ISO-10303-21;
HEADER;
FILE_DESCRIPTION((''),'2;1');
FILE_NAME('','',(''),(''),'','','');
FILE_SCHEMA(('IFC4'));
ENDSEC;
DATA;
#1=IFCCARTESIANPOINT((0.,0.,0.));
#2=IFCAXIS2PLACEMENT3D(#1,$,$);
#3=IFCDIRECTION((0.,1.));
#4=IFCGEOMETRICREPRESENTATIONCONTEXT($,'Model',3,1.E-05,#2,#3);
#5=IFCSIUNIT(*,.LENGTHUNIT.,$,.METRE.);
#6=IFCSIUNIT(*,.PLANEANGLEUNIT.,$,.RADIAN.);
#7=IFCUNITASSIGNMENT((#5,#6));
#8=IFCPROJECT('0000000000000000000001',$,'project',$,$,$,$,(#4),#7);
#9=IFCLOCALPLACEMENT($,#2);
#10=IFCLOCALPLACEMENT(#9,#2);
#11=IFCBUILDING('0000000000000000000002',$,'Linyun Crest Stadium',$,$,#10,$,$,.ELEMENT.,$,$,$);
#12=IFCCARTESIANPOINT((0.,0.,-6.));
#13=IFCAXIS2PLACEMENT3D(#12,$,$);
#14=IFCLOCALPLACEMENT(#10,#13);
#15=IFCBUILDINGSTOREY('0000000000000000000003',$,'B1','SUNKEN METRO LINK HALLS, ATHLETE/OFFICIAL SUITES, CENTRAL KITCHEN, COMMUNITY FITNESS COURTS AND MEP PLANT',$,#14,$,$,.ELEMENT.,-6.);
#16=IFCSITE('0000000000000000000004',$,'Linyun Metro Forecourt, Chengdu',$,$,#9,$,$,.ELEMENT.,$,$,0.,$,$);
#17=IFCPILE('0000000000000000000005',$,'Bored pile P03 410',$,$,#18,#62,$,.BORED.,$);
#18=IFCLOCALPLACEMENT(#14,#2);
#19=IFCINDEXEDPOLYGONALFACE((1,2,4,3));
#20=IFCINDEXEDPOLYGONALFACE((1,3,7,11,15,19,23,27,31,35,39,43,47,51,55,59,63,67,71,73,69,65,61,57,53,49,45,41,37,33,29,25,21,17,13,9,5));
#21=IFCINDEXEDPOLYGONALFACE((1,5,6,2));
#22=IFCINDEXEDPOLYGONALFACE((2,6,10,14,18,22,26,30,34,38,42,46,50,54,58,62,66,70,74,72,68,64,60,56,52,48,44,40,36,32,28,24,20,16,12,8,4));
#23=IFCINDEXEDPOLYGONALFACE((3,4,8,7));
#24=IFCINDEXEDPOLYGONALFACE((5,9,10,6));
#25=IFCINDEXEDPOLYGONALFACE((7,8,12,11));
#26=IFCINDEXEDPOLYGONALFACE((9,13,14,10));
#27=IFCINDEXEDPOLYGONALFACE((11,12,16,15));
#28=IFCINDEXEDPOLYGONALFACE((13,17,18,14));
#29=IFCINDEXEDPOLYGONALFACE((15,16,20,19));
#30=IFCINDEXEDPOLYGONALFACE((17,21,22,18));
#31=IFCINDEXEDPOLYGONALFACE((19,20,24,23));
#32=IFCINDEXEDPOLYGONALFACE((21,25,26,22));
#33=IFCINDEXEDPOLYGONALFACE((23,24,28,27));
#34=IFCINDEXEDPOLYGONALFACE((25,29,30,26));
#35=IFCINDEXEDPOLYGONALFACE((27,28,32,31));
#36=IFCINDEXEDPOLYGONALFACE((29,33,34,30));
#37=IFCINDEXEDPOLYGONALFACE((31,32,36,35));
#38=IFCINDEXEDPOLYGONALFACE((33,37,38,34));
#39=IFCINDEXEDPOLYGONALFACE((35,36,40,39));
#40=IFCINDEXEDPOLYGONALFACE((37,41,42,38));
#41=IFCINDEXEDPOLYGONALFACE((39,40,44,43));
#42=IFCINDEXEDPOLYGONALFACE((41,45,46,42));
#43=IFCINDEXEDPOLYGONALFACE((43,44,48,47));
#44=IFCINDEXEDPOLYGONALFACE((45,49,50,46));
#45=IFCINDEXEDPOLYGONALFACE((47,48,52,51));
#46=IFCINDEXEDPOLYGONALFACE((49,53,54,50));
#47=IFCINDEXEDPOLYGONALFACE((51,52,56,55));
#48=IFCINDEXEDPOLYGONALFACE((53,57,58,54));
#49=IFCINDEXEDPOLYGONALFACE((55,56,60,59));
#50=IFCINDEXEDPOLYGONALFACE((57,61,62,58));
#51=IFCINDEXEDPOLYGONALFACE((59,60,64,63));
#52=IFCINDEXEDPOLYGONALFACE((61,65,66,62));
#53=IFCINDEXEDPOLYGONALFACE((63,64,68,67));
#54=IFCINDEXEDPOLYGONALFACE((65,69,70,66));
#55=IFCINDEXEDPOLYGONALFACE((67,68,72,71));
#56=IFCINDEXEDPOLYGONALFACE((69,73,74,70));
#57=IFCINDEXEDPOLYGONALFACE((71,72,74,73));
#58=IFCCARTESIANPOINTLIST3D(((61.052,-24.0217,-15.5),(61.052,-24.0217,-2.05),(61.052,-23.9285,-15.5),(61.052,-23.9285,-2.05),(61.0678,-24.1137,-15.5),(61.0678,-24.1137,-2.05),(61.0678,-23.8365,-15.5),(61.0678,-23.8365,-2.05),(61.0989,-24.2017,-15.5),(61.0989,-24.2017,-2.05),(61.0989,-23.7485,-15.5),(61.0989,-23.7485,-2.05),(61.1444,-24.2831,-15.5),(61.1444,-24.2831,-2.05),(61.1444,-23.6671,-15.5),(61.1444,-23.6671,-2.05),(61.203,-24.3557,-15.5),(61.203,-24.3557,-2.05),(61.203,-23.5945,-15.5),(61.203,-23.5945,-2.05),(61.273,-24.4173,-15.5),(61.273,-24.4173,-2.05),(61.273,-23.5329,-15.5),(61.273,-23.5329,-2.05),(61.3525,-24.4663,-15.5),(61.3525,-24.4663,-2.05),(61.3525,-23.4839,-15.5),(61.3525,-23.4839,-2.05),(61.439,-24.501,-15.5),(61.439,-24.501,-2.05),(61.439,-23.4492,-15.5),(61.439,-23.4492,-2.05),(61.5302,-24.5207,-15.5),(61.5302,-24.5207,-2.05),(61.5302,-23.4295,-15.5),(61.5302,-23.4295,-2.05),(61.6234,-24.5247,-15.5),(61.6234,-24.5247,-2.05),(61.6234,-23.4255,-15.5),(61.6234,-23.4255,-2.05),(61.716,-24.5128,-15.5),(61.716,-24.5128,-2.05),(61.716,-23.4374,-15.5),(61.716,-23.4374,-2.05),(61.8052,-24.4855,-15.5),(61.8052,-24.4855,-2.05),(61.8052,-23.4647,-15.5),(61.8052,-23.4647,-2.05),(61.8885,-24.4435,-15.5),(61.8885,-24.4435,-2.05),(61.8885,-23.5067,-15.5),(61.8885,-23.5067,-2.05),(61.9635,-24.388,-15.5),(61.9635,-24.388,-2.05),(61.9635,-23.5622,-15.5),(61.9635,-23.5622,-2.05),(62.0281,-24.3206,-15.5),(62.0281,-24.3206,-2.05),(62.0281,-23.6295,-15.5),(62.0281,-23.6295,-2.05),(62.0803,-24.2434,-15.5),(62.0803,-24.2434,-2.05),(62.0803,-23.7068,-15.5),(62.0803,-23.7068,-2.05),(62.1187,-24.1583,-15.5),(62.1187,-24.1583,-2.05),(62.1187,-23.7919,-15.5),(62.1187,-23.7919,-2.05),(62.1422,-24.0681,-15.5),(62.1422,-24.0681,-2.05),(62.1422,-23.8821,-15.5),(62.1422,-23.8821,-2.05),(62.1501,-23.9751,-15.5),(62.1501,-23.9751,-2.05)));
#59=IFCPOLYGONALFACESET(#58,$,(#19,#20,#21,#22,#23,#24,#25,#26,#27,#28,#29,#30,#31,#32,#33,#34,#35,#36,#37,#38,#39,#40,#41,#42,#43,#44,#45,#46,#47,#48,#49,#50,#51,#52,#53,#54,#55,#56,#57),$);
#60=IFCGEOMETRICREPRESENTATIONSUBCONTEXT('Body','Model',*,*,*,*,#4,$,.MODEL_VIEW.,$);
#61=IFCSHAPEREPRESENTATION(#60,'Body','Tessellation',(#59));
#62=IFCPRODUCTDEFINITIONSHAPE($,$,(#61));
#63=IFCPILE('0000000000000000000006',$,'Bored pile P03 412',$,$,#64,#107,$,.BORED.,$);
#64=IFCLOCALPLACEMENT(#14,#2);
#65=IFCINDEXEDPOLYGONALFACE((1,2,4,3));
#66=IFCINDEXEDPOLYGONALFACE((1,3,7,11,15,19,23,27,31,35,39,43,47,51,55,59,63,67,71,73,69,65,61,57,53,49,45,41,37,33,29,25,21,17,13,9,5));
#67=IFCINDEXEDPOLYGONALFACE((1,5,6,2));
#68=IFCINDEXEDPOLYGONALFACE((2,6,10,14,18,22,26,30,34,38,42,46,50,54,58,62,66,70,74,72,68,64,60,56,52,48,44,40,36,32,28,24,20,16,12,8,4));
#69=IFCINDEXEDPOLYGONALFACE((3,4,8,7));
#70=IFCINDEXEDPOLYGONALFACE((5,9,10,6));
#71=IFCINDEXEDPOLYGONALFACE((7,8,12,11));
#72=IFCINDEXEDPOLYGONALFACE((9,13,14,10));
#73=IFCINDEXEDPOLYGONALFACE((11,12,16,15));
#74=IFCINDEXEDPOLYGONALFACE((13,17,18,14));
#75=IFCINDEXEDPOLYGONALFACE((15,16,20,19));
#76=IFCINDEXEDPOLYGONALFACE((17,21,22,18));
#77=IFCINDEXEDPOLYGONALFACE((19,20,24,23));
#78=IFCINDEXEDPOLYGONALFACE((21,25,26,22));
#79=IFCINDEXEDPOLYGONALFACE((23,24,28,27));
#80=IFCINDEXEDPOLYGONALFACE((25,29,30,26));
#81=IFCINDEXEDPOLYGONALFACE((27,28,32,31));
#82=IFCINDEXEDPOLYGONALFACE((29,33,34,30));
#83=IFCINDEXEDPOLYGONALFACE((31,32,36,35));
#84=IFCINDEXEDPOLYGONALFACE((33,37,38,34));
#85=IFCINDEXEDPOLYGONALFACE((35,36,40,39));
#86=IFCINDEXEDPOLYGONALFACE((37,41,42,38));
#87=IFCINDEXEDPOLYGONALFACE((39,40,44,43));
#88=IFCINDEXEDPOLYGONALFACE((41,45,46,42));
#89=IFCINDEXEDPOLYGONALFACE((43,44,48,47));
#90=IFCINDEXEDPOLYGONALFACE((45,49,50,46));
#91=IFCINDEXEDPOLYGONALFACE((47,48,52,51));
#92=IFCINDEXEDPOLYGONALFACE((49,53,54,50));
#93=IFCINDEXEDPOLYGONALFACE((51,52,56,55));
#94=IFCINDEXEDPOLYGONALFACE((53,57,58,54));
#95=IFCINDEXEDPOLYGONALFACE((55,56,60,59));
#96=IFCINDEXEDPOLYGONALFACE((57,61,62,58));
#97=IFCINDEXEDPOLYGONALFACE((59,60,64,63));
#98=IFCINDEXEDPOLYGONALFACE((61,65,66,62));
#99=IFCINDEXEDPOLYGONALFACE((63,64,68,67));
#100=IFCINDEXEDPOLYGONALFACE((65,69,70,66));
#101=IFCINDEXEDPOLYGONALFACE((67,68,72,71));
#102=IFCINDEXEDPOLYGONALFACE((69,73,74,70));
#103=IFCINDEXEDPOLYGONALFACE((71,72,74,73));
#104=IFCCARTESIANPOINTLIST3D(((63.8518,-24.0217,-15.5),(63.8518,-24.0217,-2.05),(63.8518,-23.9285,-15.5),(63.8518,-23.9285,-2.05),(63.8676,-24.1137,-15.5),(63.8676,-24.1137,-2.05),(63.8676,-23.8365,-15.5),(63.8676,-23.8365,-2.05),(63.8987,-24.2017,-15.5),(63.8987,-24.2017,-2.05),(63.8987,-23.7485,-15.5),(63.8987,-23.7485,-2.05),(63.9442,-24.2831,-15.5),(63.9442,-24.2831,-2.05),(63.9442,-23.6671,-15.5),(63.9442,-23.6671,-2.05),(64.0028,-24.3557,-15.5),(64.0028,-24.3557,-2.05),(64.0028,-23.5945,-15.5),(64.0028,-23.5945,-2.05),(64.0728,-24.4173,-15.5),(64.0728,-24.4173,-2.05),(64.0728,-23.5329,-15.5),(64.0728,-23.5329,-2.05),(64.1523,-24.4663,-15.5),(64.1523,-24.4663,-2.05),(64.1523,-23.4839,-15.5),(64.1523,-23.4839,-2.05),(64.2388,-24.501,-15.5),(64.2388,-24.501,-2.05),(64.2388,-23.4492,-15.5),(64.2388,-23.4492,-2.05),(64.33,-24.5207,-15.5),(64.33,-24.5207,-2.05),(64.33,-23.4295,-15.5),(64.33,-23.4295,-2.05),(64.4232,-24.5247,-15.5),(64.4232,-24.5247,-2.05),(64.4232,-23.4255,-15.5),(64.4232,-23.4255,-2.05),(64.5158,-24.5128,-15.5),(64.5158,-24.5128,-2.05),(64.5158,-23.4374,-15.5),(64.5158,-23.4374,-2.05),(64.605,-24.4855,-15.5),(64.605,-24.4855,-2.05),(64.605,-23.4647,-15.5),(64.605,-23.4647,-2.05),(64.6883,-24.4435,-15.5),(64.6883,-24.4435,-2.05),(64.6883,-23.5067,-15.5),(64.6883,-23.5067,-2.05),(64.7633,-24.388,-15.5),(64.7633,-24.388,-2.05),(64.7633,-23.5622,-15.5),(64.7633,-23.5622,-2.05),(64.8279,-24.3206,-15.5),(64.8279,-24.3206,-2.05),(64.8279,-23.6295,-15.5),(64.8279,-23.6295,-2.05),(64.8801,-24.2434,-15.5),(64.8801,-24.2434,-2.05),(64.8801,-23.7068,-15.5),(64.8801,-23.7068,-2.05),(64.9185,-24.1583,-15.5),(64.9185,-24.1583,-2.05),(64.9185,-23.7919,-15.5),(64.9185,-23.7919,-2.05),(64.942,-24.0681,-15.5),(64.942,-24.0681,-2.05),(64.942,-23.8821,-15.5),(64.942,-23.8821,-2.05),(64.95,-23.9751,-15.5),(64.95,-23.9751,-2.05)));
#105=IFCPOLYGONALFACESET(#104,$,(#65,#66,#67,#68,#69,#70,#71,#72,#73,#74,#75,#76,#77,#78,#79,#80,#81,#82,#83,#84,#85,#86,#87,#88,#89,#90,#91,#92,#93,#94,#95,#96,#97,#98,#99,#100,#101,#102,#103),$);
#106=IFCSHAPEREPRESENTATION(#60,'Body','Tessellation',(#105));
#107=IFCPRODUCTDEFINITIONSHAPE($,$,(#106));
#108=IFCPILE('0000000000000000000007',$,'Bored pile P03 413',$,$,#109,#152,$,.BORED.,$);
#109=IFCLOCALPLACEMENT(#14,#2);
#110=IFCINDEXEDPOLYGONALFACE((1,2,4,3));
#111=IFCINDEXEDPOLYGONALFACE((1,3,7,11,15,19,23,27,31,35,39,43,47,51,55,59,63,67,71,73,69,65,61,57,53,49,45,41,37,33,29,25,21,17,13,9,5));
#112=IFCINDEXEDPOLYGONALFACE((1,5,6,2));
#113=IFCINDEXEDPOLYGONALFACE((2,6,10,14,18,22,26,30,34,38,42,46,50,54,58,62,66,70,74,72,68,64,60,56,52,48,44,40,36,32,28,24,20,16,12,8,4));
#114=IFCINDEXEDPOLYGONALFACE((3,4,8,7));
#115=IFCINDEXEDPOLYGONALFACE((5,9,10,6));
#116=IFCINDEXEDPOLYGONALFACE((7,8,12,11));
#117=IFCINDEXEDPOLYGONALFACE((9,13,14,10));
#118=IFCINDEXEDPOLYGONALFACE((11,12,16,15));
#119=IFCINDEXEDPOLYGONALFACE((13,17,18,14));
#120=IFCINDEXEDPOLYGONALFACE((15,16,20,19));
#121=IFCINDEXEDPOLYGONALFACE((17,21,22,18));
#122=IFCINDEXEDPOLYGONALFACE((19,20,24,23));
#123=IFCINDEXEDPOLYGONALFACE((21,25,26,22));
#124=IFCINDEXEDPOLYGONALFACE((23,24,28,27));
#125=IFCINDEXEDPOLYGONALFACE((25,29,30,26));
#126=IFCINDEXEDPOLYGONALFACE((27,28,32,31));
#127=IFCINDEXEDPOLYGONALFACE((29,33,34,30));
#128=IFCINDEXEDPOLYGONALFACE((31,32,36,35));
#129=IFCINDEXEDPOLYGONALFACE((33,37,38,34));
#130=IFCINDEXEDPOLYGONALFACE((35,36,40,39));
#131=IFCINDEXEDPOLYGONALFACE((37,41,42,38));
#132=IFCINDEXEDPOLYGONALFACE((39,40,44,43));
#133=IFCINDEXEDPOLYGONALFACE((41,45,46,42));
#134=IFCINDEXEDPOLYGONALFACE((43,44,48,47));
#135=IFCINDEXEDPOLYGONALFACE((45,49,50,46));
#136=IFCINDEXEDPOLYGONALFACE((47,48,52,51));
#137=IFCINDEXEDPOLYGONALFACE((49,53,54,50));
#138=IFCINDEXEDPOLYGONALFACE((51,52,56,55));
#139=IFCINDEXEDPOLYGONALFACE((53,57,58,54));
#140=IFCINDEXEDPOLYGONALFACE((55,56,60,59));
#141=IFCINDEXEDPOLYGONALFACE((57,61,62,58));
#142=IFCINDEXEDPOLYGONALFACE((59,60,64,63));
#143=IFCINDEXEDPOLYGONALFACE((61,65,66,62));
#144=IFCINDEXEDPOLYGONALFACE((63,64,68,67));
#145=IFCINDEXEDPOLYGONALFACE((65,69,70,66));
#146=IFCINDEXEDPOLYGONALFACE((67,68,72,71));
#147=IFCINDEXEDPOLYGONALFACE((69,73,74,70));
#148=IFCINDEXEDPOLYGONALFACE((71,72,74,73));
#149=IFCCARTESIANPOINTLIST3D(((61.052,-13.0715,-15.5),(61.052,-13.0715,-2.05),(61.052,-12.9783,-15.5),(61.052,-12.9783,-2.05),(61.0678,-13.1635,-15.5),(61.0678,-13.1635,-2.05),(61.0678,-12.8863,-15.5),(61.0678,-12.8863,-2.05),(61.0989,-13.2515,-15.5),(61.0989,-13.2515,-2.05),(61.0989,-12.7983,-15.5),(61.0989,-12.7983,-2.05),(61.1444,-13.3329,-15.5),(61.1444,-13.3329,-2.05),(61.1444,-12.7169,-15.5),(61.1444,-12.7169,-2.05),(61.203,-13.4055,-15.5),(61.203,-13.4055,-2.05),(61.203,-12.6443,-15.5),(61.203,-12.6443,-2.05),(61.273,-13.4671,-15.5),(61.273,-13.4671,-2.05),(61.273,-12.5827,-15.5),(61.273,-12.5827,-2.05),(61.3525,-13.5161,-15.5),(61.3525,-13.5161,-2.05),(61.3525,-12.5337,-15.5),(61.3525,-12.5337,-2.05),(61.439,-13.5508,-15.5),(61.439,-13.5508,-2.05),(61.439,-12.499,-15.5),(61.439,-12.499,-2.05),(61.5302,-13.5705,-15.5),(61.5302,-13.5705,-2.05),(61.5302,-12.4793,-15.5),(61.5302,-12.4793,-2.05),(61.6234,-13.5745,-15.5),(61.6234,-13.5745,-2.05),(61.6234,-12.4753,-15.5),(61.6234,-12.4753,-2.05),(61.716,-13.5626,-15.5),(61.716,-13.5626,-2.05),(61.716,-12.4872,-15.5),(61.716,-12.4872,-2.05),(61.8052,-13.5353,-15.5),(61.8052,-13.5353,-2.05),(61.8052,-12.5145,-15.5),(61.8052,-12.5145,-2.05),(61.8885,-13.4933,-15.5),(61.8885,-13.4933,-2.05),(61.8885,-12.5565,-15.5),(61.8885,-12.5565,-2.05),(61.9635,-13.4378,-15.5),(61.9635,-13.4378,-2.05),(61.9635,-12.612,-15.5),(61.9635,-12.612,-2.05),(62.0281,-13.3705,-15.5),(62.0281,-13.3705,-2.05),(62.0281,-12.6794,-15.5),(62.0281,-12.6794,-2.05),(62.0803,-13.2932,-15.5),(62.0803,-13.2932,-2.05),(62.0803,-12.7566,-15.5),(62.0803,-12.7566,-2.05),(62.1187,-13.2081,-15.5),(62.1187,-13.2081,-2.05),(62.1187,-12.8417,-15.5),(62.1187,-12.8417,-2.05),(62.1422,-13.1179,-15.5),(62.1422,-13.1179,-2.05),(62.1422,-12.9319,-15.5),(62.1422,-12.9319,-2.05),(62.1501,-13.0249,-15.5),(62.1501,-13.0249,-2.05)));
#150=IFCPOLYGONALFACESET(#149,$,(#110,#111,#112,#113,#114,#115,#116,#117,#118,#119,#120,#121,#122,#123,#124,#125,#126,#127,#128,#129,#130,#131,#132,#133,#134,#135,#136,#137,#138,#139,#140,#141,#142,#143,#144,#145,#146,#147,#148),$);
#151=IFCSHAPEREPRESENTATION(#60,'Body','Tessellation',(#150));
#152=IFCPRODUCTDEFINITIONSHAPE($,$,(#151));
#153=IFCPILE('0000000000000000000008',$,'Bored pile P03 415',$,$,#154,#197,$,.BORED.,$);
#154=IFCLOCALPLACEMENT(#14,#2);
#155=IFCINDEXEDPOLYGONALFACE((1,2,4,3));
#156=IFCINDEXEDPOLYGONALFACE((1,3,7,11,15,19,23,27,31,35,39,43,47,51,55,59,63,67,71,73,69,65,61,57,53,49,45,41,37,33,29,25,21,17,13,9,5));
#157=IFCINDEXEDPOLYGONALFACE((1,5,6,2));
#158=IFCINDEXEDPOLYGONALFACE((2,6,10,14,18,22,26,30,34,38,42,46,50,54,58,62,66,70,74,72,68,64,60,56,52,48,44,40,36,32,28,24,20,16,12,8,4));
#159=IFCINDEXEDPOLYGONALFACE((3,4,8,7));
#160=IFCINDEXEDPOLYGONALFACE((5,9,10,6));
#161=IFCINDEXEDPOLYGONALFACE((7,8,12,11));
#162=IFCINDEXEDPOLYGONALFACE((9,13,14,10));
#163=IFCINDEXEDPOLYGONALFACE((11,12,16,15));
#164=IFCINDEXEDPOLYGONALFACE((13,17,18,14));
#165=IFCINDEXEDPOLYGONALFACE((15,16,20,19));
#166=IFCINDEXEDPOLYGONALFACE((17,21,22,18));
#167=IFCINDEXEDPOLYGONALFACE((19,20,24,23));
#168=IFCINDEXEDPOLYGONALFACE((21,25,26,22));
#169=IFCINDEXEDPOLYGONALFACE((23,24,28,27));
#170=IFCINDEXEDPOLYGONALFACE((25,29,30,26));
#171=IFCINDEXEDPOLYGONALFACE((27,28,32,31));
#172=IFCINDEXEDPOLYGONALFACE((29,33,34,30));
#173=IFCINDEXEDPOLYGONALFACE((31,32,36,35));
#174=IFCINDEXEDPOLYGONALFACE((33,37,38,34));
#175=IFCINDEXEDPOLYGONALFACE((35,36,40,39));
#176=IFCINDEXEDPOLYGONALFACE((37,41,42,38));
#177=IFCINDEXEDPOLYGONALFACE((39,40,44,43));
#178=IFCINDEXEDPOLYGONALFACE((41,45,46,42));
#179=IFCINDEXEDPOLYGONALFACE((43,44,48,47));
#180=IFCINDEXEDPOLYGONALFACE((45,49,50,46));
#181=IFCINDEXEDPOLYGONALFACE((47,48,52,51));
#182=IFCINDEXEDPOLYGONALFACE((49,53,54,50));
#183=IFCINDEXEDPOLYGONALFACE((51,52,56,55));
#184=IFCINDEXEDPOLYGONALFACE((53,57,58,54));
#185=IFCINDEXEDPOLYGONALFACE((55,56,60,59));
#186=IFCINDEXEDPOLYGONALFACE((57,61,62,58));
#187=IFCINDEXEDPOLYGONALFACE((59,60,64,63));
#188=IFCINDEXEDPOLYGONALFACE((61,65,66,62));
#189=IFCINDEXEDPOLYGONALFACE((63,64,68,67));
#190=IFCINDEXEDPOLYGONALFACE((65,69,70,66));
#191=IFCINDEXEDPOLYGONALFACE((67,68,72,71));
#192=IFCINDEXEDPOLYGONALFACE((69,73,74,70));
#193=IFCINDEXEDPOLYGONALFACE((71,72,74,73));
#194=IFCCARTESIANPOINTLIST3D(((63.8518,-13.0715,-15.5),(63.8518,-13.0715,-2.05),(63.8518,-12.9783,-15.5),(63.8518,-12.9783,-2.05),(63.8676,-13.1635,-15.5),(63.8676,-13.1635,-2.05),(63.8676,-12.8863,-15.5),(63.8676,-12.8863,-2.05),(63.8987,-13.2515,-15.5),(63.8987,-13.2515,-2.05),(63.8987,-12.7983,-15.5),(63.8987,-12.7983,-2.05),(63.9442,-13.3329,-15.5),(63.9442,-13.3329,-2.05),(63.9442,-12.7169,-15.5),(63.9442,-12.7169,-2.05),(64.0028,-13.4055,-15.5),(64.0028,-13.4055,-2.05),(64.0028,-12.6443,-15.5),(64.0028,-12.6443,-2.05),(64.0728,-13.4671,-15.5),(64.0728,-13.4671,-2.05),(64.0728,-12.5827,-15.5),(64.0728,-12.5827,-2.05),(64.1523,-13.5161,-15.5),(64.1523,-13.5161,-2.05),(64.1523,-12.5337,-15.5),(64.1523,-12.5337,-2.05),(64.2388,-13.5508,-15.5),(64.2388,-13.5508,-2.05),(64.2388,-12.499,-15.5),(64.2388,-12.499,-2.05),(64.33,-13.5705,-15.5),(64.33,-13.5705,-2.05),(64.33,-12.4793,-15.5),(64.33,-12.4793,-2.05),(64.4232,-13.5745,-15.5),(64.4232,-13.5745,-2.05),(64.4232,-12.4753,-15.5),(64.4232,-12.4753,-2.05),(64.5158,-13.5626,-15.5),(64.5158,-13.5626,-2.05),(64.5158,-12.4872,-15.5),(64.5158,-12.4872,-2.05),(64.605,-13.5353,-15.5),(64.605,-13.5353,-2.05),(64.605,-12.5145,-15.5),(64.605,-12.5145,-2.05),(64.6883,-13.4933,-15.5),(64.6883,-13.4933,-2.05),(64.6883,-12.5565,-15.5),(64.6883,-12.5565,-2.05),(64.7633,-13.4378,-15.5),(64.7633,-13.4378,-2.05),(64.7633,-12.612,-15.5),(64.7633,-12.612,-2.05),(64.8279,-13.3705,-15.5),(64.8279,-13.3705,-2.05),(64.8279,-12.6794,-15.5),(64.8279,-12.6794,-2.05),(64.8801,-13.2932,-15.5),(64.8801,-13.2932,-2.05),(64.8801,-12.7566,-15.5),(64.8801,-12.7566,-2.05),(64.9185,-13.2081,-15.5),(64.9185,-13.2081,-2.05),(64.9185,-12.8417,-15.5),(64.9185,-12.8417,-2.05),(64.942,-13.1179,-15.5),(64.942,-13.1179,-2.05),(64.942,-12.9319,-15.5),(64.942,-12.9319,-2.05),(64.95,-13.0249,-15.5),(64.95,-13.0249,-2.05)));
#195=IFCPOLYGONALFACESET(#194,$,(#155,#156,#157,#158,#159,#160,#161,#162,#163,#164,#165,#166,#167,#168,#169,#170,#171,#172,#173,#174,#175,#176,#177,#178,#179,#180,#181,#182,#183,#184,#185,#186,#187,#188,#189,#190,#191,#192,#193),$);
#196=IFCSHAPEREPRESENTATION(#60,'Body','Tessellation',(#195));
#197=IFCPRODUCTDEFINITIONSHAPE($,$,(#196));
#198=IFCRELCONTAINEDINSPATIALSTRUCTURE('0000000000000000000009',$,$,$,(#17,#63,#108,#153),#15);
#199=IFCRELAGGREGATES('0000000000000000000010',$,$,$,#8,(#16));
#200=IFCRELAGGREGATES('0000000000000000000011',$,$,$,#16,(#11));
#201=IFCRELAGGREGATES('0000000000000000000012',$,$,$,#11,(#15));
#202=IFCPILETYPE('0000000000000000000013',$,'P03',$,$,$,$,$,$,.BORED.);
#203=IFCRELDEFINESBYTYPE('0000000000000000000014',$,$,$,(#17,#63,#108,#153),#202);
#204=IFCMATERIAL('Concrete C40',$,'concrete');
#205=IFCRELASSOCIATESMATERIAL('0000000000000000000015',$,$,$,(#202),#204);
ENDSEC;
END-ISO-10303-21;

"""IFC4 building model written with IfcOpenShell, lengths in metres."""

from ifc_helpers import new_model, si_unit, direction, frame, origin, origin_2d, place, context, subcontext, project, spatial, circle, extrude, material, material_profile, profile_set, type_object, element, save


model = new_model("IFC4")

# Units and contexts
model_context = context("Model", 3, precision=1e-05, world=origin(), true_north=direction((0.0, 1.0)))
body_context = subcontext(model_context, "Body", "Model", "MODEL_VIEW")
ifc_project = project(units=[si_unit("LENGTHUNIT", "METRE"), si_unit("PLANEANGLEUNIT", "RADIAN")], contexts=[model_context])

# Site, building, storey
site_placement = place(None, origin())
site = spatial("IfcSite", under=ifc_project, at=site_placement, Name="Linyun Metro Forecourt, Chengdu", CompositionType="ELEMENT", RefElevation=0.0)
building_placement = place(site_placement, origin())
building = spatial("IfcBuilding", under=site, at=building_placement, Name="Linyun Crest Stadium", CompositionType="ELEMENT")
storey_placement = place(building_placement, frame((0.0, 0.0, -6.0)))
storey = spatial("IfcBuildingStorey", under=building, at=storey_placement, Name="B1", Description="SUNKEN METRO LINK HALLS, ATHLETE/OFFICIAL SUITES, CENTRAL KITCHEN, COMMUNITY FITNESS COURTS AND MEP PLANT", CompositionType="ELEMENT", Elevation=-6.0)

# Piles
ifc_material_1 = material(Name="Concrete C40", Category="concrete")
ifc_material_profile_1 = material_profile(ifc_material_1, circle(Radius=0.55, at=origin_2d()), Name="BORED PILE 1100")
ifc_profile_set_1 = profile_set([ifc_material_profile_1], Name="Concrete C40")
pile_type = type_object("IfcPileType", Name="P03", PredefinedType="BORED", material=ifc_profile_set_1)
for number, where, z_axis, x_axis, name in (
    (1, (61.6001, -23.9751, -2.05), (0.0, 0.0, -1.0), (1.0, 0.0, 0.0), "Bored pile P03 410"),
    (2, (64.3999, -23.9751, -2.05), (0.0, 0.0, -1.0), (1.0, 0.0, 0.0), "Bored pile P03 412"),
    (3, (61.6001, -13.0249, -2.05), (0.0, 0.0, -1.0), (1.0, 0.0, 0.0), "Bored pile P03 413"),
    (4, (64.3999, -13.0249, -2.05), (0.0, 0.0, -1.0), (1.0, 0.0, 0.0), "Bored pile P03 415"),
):
    element("IfcPile", number, at=place(storey_placement, frame(where, z_axis=z_axis, x_axis=x_axis)), inside=storey, type_object=pile_type, Name=name, PredefinedType="BORED", context=body_context, shape_type="SweptSolid", body=[
        extrude(circle(Radius=0.55, at=origin_2d()), origin(), (0.0, 0.0, 1.0), 13.45),
    ])

save(model, "model.ifc")
